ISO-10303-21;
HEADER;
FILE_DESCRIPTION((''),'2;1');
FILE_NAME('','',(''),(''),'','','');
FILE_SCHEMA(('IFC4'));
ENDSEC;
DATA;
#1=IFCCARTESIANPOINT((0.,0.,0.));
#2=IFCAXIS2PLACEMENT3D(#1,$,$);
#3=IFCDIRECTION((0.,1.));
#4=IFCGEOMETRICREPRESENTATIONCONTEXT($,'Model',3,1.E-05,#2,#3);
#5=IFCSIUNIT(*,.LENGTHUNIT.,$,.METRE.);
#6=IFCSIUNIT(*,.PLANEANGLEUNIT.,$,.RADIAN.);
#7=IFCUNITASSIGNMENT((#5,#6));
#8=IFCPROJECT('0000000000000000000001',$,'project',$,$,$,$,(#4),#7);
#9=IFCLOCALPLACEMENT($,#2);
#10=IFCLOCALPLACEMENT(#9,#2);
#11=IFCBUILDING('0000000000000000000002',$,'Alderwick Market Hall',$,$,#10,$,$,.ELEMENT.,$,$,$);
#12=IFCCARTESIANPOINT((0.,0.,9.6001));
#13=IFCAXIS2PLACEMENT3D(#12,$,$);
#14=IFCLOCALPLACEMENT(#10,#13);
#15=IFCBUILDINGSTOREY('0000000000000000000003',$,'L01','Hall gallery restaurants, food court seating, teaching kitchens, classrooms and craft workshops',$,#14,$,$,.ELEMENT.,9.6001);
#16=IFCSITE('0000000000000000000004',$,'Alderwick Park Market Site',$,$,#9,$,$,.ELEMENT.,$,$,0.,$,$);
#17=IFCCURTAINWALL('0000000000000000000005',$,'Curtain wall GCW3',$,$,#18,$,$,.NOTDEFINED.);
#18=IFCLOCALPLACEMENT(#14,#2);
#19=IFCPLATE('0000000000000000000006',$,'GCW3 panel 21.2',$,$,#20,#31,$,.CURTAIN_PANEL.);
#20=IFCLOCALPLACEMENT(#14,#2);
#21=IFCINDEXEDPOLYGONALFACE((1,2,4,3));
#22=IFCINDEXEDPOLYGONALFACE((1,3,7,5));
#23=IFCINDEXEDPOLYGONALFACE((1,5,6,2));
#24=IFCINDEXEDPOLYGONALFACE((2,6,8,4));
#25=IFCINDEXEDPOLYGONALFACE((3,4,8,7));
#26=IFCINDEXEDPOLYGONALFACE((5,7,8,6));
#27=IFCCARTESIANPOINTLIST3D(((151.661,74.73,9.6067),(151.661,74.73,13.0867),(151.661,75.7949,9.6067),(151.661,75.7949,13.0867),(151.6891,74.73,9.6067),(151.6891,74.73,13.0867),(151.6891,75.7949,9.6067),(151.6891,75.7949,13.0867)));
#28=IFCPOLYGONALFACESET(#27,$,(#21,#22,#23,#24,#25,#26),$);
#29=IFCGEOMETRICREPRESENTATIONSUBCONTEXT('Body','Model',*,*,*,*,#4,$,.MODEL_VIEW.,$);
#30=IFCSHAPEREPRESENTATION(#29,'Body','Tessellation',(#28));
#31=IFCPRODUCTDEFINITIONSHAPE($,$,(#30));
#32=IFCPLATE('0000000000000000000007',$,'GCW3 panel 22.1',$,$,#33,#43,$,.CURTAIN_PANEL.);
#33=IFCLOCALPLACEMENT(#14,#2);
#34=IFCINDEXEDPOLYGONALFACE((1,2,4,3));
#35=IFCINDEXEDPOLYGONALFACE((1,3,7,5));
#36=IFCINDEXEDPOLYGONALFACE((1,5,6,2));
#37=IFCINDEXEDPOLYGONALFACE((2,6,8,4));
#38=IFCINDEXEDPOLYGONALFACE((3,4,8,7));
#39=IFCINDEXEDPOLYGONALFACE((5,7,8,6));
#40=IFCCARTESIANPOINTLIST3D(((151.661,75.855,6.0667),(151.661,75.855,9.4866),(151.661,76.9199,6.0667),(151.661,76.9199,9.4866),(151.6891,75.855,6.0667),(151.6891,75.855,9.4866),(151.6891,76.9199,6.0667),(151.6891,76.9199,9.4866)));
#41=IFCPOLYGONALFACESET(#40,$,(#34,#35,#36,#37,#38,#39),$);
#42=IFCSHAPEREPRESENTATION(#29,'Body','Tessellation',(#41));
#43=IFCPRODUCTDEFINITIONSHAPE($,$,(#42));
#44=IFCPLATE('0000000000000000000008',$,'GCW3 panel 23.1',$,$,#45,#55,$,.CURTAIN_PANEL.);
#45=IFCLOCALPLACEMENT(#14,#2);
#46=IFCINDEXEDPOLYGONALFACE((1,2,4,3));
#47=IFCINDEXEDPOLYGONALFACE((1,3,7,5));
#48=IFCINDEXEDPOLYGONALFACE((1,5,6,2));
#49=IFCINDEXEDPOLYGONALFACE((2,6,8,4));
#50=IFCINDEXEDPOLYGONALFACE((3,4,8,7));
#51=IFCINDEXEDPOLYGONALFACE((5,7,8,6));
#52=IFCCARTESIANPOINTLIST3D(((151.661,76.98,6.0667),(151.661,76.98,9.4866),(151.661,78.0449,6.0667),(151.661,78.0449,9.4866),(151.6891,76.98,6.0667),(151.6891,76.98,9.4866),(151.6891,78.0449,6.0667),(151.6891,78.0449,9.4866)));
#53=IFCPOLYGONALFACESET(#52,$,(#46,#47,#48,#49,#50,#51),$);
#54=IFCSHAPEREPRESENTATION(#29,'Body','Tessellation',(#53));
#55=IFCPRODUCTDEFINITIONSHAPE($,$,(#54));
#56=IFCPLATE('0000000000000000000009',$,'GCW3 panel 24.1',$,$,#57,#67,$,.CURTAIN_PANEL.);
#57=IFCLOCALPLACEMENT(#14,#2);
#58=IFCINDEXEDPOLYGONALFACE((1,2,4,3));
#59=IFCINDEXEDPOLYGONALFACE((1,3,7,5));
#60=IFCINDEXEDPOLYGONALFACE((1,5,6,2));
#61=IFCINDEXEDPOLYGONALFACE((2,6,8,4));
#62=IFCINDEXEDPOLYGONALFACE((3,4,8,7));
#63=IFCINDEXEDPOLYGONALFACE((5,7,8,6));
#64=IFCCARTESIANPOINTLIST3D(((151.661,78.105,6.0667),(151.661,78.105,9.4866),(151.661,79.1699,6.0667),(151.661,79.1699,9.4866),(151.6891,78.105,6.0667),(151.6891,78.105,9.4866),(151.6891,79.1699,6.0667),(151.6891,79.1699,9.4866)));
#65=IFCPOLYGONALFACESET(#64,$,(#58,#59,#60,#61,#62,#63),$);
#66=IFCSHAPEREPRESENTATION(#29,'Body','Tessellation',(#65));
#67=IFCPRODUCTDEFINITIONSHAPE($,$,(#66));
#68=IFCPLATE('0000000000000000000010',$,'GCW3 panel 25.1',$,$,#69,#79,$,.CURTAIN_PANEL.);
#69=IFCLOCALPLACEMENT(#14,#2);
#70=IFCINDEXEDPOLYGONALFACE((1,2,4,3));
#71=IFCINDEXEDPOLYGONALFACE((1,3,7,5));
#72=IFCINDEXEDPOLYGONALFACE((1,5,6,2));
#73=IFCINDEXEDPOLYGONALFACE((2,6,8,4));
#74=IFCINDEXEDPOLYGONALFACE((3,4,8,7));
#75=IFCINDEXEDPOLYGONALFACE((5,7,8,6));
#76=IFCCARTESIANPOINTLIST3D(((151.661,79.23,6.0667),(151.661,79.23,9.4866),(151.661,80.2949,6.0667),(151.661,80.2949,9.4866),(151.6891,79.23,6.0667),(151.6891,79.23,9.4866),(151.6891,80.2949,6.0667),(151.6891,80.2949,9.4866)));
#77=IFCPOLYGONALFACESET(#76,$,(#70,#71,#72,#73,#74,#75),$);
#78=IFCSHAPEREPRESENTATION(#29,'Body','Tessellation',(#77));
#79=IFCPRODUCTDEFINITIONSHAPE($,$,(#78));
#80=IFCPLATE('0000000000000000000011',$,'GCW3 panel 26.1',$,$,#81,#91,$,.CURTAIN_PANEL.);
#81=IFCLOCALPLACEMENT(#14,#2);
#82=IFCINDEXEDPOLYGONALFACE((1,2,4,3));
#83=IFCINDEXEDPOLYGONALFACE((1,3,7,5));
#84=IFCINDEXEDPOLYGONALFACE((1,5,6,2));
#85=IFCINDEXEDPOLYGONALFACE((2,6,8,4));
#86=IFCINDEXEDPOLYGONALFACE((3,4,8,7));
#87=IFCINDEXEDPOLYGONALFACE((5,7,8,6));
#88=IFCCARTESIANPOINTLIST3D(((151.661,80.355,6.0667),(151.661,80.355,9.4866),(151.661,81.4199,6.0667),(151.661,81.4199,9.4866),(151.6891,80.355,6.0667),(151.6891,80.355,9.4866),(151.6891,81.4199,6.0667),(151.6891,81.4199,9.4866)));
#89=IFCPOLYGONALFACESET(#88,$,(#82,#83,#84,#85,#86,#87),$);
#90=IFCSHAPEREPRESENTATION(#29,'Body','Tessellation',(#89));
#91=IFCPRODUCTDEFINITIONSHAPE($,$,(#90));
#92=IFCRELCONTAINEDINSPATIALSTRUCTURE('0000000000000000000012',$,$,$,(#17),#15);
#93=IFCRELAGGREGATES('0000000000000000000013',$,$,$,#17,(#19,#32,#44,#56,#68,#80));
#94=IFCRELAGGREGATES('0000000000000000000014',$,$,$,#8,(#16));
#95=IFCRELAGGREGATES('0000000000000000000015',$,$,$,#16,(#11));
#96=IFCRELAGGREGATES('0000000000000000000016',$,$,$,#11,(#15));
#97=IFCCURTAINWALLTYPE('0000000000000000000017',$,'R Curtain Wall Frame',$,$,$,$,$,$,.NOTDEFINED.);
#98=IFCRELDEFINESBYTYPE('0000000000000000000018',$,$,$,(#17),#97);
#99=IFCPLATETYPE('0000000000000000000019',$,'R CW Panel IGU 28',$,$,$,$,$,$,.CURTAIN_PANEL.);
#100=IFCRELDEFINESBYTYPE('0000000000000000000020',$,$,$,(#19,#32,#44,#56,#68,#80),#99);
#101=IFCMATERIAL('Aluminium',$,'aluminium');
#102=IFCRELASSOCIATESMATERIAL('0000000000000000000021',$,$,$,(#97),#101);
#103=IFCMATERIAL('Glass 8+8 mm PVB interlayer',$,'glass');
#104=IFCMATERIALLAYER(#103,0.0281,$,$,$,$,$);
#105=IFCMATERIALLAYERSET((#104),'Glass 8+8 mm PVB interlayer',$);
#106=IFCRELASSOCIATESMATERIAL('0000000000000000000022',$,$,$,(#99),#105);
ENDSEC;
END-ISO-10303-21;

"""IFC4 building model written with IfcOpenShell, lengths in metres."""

from ifc_helpers import new_model, si_unit, direction, frame, origin, origin_2d, place, context, subcontext, project, spatial, rectangle, extrude, material, layer, layer_set, type_object, element, aggregate, save


model = new_model("IFC4")

# Units and contexts
model_context = context("Model", 3, precision=1e-05, world=origin(), true_north=direction((0.0, 1.0)))
body_context = subcontext(model_context, "Body", "Model", "MODEL_VIEW")
ifc_project = project(units=[si_unit("LENGTHUNIT", "METRE"), si_unit("PLANEANGLEUNIT", "RADIAN")], contexts=[model_context])

# Site, building, storey
site_placement = place(None, origin())
site = spatial("IfcSite", under=ifc_project, at=site_placement, Name="Alderwick Park Market Site", CompositionType="ELEMENT", RefElevation=0.0)
building_placement = place(site_placement, origin())
building = spatial("IfcBuilding", under=site, at=building_placement, Name="Alderwick Market Hall", CompositionType="ELEMENT")
storey_placement = place(building_placement, frame((0.0, 0.0, 9.6001)))
storey = spatial("IfcBuildingStorey", under=building, at=storey_placement, Name="L01", Description="Hall gallery restaurants, food court seating, teaching kitchens, classrooms and craft workshops", CompositionType="ELEMENT", Elevation=9.6001)

# Curtain wall, plates
ifc_material_1 = material(Name="Aluminium", Category="aluminium")
curtain_wall_type = type_object("IfcCurtainWallType", Name="R Curtain Wall Frame", PredefinedType="NOTDEFINED", material=ifc_material_1)
curtain_wall_placement = place(storey_placement, origin())
curtain_wall = element("IfcCurtainWall", 1, at=curtain_wall_placement, inside=storey, type_object=curtain_wall_type, Name="Curtain wall GCW3", PredefinedType="NOTDEFINED")
ifc_material_2 = material(Name="Glass 8+8 mm PVB interlayer", Category="glass")
ifc_layer = layer(ifc_material_2, 0.0281)
ifc_layer_set = layer_set([ifc_layer], Name="Glass 8+8 mm PVB interlayer")
plate_type = type_object("IfcPlateType", Name="R CW Panel IGU 28", PredefinedType="CURTAIN_PANEL", material=ifc_layer_set)
plate_1_placement = place(storey_placement, frame((151.675, 75.2625, 9.6067), z_axis=(0.0, 0.0, 1.0), x_axis=(1.0, 0.0, 0.0)))
plate_1 = element("IfcPlate", 2, at=plate_1_placement, type_object=plate_type, Name="GCW3 panel 21.2", PredefinedType="CURTAIN_PANEL", context=body_context, shape_type="SweptSolid", body=[
    extrude(rectangle(XDim=0.0281, YDim=1.0649, at=origin_2d()), origin(), (0.0, 0.0, 1.0), 3.48),
])
plate_2_placement = place(storey_placement, frame((151.675, 76.3875, 6.0667), z_axis=(0.0, 0.0, 1.0), x_axis=(1.0, 0.0, 0.0)))
plate_2 = element("IfcPlate", 3, at=plate_2_placement, type_object=plate_type, Name="GCW3 panel 22.1", PredefinedType="CURTAIN_PANEL", context=body_context, shape_type="SweptSolid", body=[
    extrude(rectangle(XDim=0.0281, YDim=1.0649, at=origin_2d()), origin(), (0.0, 0.0, 1.0), 3.4199),
])
plate_3_placement = place(storey_placement, frame((151.675, 77.5125, 6.0667), z_axis=(0.0, 0.0, 1.0), x_axis=(1.0, 0.0, 0.0)))
plate_3 = element("IfcPlate", 4, at=plate_3_placement, type_object=plate_type, Name="GCW3 panel 23.1", PredefinedType="CURTAIN_PANEL", context=body_context, shape_type="SweptSolid", body=[
    extrude(rectangle(XDim=0.0281, YDim=1.0649, at=origin_2d()), origin(), (0.0, 0.0, 1.0), 3.4199),
])
plate_4_placement = place(storey_placement, frame((151.675, 78.6375, 6.0667), z_axis=(0.0, 0.0, 1.0), x_axis=(1.0, 0.0, 0.0)))
plate_4 = element("IfcPlate", 5, at=plate_4_placement, type_object=plate_type, Name="GCW3 panel 24.1", PredefinedType="CURTAIN_PANEL", context=body_context, shape_type="SweptSolid", body=[
    extrude(rectangle(XDim=0.0281, YDim=1.0649, at=origin_2d()), origin(), (0.0, 0.0, 1.0), 3.4199),
])
plate_5_placement = place(storey_placement, frame((151.675, 79.7625, 6.0667), z_axis=(0.0, 0.0, 1.0), x_axis=(1.0, 0.0, 0.0)))
plate_5 = element("IfcPlate", 6, at=plate_5_placement, type_object=plate_type, Name="GCW3 panel 25.1", PredefinedType="CURTAIN_PANEL", context=body_context, shape_type="SweptSolid", body=[
    extrude(rectangle(XDim=0.0281, YDim=1.0649, at=origin_2d()), origin(), (0.0, 0.0, 1.0), 3.4199),
])
plate_6_placement = place(storey_placement, frame((151.675, 80.8875, 6.0667), z_axis=(0.0, 0.0, 1.0), x_axis=(1.0, 0.0, 0.0)))
plate_6 = element("IfcPlate", 7, at=plate_6_placement, type_object=plate_type, Name="GCW3 panel 26.1", PredefinedType="CURTAIN_PANEL", context=body_context, shape_type="SweptSolid", body=[
    extrude(rectangle(XDim=0.0281, YDim=1.0649, at=origin_2d()), origin(), (0.0, 0.0, 1.0), 3.4199),
])
aggregate(curtain_wall, [plate_1, plate_2, plate_3, plate_4, plate_5, plate_6])

save(model, "model.ifc")
